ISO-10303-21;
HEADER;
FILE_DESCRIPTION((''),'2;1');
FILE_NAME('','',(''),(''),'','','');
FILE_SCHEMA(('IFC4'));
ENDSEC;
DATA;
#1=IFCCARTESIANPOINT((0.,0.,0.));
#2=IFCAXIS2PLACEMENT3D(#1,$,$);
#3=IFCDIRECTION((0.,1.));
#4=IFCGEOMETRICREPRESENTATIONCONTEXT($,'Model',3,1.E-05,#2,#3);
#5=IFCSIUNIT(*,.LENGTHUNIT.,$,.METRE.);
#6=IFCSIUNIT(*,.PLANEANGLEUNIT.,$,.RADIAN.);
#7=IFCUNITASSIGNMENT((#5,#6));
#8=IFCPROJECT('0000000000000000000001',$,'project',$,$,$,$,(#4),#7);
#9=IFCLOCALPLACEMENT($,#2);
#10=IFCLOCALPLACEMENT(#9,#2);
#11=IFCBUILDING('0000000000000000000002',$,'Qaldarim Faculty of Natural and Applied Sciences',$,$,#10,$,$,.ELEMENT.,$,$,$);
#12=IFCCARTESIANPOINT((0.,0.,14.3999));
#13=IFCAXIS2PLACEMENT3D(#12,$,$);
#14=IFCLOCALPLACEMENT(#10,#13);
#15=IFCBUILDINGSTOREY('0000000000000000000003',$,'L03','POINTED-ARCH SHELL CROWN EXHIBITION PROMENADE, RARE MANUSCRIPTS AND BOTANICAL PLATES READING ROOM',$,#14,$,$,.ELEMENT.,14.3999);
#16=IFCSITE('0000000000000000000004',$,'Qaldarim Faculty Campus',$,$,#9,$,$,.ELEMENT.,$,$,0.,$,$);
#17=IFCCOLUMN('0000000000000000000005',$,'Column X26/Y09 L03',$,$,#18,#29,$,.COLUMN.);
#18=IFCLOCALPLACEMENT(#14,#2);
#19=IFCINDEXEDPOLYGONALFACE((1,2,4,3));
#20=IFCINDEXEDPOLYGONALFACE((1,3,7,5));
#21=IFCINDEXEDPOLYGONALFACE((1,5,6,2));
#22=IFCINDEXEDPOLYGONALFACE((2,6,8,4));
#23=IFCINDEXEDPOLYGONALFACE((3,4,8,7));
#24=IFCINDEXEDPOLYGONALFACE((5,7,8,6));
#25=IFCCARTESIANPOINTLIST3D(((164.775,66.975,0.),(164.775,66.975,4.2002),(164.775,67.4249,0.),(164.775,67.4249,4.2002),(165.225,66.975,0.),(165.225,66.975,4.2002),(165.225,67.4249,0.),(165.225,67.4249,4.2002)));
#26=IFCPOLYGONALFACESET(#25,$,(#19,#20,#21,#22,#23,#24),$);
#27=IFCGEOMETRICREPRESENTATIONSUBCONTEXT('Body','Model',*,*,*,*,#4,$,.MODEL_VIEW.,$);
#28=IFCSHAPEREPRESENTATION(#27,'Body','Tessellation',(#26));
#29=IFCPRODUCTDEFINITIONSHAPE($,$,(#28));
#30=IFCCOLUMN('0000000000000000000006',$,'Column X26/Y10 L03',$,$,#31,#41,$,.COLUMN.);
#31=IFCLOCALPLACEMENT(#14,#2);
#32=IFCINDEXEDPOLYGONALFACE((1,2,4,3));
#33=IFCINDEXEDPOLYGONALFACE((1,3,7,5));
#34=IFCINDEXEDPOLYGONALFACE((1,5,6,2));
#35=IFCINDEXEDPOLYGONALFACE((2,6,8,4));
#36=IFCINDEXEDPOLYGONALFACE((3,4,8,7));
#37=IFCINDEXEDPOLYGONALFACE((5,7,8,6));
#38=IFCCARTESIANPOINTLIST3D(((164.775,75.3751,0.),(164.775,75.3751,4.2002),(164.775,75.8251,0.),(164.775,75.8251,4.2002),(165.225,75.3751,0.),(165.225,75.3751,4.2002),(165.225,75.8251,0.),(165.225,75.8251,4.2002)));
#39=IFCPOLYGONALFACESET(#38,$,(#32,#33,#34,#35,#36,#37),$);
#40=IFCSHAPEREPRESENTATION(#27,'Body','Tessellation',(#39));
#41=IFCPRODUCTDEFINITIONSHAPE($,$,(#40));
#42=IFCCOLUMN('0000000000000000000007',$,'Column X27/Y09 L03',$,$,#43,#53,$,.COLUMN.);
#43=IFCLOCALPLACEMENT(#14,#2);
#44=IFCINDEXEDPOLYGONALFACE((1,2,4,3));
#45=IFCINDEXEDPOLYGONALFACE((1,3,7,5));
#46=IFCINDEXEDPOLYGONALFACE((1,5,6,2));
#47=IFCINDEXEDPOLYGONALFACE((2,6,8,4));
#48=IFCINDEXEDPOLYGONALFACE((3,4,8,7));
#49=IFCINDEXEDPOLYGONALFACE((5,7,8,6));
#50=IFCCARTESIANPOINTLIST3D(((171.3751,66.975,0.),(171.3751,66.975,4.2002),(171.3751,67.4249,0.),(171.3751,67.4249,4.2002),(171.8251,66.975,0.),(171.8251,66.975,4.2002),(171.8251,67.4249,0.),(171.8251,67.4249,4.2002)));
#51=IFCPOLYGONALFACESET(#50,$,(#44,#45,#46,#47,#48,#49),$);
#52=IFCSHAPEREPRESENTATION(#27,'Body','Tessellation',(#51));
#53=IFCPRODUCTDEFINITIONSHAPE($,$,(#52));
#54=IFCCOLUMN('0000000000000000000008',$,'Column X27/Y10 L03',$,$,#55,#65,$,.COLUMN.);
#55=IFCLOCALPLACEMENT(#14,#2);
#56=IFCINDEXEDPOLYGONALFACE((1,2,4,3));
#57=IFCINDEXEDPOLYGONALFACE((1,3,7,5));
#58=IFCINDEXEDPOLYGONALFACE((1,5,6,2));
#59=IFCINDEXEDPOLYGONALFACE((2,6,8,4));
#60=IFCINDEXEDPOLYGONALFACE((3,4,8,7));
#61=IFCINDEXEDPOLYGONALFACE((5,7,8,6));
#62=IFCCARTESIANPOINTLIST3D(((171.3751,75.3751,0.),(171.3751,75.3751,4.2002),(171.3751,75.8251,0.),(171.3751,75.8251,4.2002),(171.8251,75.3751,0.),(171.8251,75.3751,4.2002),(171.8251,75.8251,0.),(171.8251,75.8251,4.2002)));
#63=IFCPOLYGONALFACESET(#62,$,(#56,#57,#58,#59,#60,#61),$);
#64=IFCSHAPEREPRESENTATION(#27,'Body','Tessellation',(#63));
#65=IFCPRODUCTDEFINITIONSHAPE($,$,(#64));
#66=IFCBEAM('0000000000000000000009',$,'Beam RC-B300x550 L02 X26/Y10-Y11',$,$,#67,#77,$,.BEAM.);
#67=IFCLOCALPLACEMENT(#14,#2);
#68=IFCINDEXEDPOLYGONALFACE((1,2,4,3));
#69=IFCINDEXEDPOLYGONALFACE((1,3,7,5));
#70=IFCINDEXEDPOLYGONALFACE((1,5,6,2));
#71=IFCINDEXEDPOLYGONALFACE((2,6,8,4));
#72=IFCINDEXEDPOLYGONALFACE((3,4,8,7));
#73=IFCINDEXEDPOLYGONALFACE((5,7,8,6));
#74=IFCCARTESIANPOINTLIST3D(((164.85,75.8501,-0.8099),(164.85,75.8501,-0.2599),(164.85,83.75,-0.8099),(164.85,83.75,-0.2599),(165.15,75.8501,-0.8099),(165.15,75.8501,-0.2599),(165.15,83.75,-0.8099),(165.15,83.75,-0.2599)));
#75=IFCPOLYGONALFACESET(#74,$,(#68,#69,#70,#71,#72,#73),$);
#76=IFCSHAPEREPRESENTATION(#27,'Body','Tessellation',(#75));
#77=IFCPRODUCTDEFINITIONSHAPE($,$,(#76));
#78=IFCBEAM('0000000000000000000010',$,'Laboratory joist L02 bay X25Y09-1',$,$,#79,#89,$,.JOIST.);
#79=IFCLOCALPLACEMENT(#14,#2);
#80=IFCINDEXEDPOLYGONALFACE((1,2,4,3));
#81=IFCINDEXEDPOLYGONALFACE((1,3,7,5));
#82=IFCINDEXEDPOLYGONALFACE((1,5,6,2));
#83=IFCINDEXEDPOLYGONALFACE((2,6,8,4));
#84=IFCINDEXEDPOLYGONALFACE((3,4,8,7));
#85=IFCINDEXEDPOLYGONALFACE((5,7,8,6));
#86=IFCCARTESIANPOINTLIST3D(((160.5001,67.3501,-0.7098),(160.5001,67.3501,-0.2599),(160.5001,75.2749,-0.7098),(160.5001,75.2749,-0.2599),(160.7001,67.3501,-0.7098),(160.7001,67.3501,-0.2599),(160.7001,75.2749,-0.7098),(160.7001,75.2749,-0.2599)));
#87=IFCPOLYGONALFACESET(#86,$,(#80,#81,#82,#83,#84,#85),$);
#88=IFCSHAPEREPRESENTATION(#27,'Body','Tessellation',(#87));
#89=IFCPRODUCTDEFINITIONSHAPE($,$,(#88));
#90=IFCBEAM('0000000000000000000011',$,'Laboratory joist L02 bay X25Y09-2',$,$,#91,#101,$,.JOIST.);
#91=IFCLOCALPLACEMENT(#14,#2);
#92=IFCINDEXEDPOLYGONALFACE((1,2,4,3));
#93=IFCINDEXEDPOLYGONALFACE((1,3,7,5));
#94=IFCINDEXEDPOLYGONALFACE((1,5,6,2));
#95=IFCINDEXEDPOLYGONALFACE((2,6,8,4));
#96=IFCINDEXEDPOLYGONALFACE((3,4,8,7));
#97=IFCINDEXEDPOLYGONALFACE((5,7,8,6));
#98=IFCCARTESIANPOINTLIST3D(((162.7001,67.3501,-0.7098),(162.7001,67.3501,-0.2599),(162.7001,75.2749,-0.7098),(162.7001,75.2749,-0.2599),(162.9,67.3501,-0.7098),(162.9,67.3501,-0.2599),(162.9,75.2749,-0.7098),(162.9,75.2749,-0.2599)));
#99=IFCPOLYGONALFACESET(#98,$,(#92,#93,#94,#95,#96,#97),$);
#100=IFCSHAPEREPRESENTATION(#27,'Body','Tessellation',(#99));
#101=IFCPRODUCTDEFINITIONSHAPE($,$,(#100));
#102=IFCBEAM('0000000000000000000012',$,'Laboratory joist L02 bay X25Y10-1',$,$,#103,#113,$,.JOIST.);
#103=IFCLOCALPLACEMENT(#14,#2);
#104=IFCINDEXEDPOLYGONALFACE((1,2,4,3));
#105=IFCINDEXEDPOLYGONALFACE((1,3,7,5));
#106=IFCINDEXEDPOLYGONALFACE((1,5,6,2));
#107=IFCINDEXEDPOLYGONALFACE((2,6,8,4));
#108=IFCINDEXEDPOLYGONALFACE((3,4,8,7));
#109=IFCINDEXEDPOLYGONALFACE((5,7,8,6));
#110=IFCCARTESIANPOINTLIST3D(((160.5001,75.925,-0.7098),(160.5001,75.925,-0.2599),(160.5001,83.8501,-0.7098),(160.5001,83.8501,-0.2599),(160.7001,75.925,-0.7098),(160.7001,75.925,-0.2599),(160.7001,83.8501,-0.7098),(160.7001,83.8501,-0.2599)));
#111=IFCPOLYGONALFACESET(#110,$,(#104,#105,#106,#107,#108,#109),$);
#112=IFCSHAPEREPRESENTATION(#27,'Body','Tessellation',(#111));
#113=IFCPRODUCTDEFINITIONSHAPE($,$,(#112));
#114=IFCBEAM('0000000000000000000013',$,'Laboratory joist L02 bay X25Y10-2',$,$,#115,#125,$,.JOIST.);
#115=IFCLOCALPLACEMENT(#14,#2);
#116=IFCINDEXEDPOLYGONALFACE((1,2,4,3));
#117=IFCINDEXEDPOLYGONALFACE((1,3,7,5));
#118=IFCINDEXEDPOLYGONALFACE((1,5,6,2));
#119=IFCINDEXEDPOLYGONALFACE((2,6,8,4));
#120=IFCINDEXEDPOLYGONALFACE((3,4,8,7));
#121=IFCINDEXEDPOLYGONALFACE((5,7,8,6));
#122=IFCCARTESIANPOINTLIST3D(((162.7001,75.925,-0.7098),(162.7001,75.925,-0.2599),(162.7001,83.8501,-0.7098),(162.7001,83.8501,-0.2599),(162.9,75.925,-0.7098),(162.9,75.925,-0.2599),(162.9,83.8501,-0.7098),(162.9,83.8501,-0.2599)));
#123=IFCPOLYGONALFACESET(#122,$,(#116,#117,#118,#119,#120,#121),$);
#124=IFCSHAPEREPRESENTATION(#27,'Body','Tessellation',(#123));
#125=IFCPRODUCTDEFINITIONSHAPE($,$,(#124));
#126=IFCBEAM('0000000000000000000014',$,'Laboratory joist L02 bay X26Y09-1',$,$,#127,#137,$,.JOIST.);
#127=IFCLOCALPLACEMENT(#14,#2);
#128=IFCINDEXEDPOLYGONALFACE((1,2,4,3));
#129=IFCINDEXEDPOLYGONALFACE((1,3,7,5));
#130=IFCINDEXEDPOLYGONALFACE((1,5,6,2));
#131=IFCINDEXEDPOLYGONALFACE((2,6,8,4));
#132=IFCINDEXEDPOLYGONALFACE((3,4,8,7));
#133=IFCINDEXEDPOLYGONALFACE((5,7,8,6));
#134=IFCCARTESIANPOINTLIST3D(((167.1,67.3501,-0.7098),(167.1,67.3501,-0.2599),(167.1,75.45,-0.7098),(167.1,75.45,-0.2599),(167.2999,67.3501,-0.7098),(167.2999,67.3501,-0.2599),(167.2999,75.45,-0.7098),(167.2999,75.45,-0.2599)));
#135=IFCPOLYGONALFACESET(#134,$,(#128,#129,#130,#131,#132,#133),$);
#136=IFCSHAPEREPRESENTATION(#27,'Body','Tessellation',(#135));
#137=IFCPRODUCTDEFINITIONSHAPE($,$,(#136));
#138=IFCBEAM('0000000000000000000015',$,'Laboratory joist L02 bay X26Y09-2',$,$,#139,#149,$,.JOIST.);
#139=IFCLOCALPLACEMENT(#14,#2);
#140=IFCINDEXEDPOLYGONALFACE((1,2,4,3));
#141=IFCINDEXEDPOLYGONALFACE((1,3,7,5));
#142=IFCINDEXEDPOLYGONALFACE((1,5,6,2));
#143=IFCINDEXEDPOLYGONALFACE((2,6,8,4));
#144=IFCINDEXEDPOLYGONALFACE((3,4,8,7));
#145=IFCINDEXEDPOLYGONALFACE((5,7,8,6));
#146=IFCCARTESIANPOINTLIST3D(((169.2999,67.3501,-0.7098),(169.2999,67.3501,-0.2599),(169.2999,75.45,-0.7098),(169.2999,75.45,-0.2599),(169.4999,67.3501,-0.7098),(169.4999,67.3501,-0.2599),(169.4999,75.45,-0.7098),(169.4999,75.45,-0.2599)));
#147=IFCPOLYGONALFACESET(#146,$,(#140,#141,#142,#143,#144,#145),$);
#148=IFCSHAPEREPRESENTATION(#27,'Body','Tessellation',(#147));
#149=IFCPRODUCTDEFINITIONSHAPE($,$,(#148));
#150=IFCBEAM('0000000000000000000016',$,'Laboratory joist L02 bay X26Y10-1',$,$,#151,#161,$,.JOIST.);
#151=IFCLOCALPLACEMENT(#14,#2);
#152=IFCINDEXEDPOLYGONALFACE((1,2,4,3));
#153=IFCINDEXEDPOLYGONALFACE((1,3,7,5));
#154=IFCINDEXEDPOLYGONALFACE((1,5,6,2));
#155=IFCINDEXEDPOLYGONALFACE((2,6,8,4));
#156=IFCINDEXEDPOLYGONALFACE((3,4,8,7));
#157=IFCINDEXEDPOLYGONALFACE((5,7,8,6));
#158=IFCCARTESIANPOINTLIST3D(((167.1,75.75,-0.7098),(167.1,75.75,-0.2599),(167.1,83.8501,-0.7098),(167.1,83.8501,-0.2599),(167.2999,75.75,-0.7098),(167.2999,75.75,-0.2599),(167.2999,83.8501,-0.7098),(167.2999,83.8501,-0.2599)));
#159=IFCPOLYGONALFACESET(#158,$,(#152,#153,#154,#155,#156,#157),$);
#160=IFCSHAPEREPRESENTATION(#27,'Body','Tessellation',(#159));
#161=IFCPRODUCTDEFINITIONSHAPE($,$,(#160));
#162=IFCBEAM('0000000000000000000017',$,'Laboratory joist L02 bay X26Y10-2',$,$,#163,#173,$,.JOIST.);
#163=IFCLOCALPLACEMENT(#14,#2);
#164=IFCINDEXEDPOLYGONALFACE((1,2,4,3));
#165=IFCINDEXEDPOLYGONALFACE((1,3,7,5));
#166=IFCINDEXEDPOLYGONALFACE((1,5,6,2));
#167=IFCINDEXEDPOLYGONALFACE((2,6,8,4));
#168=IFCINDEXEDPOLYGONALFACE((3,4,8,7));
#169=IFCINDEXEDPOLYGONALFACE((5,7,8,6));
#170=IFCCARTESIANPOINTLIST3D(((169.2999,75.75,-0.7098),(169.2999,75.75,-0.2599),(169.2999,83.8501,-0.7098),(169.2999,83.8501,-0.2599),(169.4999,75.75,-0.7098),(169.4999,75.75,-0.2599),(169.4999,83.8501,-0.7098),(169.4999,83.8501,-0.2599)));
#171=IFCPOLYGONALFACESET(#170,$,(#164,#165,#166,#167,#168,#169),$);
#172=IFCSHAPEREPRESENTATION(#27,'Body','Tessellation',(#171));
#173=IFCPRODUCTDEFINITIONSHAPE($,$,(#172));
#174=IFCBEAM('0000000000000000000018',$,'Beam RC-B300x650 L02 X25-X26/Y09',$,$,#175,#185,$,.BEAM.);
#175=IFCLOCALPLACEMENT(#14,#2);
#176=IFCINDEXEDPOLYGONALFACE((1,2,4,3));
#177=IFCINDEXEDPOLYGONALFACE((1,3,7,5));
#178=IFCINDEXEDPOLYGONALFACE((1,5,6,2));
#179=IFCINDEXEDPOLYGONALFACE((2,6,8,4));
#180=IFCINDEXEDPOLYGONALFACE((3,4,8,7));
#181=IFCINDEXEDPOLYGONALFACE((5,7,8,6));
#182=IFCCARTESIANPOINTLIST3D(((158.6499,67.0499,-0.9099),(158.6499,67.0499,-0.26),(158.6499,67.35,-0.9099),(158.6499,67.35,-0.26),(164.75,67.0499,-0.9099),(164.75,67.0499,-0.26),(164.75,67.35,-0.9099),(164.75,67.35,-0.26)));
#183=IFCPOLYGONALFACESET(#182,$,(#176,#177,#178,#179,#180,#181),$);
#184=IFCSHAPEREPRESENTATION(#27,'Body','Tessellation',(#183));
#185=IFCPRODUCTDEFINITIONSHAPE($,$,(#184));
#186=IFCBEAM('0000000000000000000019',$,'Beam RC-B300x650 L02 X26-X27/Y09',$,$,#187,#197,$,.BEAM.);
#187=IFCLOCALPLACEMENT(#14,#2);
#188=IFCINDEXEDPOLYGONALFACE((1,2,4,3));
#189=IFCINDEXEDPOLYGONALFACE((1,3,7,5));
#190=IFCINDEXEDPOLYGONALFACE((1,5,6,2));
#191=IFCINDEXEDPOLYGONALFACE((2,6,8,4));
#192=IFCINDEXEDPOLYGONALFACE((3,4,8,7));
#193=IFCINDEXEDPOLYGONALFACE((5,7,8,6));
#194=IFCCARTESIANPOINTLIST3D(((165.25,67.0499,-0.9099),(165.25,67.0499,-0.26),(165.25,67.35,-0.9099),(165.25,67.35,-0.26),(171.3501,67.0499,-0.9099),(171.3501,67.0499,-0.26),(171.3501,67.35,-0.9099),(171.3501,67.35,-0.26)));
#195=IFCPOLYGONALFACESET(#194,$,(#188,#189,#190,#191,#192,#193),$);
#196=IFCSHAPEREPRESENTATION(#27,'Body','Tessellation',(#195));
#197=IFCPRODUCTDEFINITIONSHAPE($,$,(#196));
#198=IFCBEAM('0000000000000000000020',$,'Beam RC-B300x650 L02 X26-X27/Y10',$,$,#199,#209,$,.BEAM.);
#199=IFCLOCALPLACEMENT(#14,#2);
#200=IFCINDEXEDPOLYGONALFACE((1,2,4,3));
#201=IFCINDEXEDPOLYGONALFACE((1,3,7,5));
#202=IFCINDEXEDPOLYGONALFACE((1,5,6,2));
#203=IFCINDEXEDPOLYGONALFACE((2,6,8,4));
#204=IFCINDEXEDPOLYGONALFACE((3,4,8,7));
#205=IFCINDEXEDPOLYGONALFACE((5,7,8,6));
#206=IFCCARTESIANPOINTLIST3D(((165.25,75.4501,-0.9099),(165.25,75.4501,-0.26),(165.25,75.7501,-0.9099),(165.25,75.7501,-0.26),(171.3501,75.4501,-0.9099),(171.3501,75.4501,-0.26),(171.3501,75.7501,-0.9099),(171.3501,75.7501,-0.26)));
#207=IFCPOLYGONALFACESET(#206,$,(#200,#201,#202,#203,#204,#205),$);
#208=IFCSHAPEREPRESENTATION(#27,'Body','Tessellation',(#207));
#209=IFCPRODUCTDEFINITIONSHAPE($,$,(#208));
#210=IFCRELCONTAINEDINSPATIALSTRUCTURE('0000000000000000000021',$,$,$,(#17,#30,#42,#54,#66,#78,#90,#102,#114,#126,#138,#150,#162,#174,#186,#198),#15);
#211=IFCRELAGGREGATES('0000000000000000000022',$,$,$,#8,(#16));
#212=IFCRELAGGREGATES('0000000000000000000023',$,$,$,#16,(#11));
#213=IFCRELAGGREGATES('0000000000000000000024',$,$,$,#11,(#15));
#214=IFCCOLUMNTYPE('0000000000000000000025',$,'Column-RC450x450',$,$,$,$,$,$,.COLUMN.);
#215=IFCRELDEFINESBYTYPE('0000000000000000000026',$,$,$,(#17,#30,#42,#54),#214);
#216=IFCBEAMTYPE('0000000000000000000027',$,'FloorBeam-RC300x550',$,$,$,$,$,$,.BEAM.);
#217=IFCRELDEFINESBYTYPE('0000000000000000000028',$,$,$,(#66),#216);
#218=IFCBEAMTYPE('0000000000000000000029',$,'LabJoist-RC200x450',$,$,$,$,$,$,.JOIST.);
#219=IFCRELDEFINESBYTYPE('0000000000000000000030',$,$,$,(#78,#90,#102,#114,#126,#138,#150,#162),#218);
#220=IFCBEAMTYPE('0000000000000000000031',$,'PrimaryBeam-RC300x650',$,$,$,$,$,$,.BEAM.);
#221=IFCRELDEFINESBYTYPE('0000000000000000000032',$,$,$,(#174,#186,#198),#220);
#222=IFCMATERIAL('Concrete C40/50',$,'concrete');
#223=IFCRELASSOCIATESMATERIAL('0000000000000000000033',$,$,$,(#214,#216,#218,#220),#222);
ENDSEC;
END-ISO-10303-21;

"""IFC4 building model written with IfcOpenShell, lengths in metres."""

from ifc_helpers import new_model, si_unit, direction, frame, origin, origin_2d, place, context, subcontext, project, spatial, rectangle, extrude, material, material_profile, profile_set, type_object, element, save


model = new_model("IFC4")

# Units and contexts
model_context = context("Model", 3, precision=1e-05, world=origin(), true_north=direction((0.0, 1.0)))
body_context = subcontext(model_context, "Body", "Model", "MODEL_VIEW")
ifc_project = project(units=[si_unit("LENGTHUNIT", "METRE"), si_unit("PLANEANGLEUNIT", "RADIAN")], contexts=[model_context])

# Site, building, storey
site_placement = place(None, origin())
site = spatial("IfcSite", under=ifc_project, at=site_placement, Name="Qaldarim Faculty Campus", CompositionType="ELEMENT", RefElevation=0.0)
building_placement = place(site_placement, origin())
building = spatial("IfcBuilding", under=site, at=building_placement, Name="Qaldarim Faculty of Natural and Applied Sciences", CompositionType="ELEMENT")
storey_placement = place(building_placement, frame((0.0, 0.0, 14.3999)))
storey = spatial("IfcBuildingStorey", under=building, at=storey_placement, Name="L03", Description="POINTED-ARCH SHELL CROWN EXHIBITION PROMENADE, RARE MANUSCRIPTS AND BOTANICAL PLATES READING ROOM", CompositionType="ELEMENT", Elevation=14.3999)

# Columns
ifc_material_1 = material(Name="Concrete C40/50", Category="concrete")
ifc_material_profile_1 = material_profile(ifc_material_1, rectangle(XDim=0.45, YDim=0.45, at=origin_2d()), Name="RC-C450x450")
ifc_profile_set_1 = profile_set([ifc_material_profile_1], Name="Concrete C40/50")
column_type = type_object("IfcColumnType", Name="Column-RC450x450", PredefinedType="COLUMN", material=ifc_profile_set_1)
for number, where, z_axis, x_axis, name in (
    (1, (165.0, 67.2, 0.0), (0.0, 0.0, 1.0), (1.0, 0.0, 0.0), "Column X26/Y09 L03"),
    (2, (165.0, 75.6001, 0.0), (0.0, 0.0, 1.0), (1.0, 0.0, 0.0), "Column X26/Y10 L03"),
    (3, (171.6001, 67.2, 0.0), (0.0, 0.0, 1.0), (1.0, 0.0, 0.0), "Column X27/Y09 L03"),
    (4, (171.6001, 75.6001, 0.0), (0.0, 0.0, 1.0), (1.0, 0.0, 0.0), "Column X27/Y10 L03"),
):
    element("IfcColumn", number, at=place(storey_placement, frame(where, z_axis=z_axis, x_axis=x_axis)), inside=storey, type_object=column_type, Name=name, PredefinedType="COLUMN", context=body_context, shape_type="SweptSolid", body=[
        extrude(rectangle(XDim=0.45, YDim=0.45, at=origin_2d()), origin(), (0.0, 0.0, 1.0), 4.2002),
    ])

# Beams
ifc_material_profile_2 = material_profile(ifc_material_1, rectangle(XDim=0.3, YDim=0.55, at=origin_2d()), Name="RC-B300x550")
ifc_profile_set_2 = profile_set([ifc_material_profile_2], Name="Concrete C40/50")
beam_type_1 = type_object("IfcBeamType", Name="FloorBeam-RC300x550", PredefinedType="BEAM", material=ifc_profile_set_2)
beam_1_placement = place(storey_placement, frame((165.0, 75.8501, -0.5349), z_axis=(0.0, 1.0, 0.0), x_axis=(-1.0, 0.0, 0.0)))
element("IfcBeam", 5, at=beam_1_placement, inside=storey, type_object=beam_type_1, Name="Beam RC-B300x550 L02 X26/Y10-Y11", PredefinedType="BEAM", context=body_context, shape_type="SweptSolid", body=[
    extrude(rectangle(XDim=0.3, YDim=0.55, at=origin_2d()), origin(), (0.0, 0.0, 1.0), 7.8999),
])
ifc_material_profile_3 = material_profile(ifc_material_1, rectangle(XDim=0.2, YDim=0.45, at=origin_2d()), Name="RC-J200x450")
ifc_profile_set_3 = profile_set([ifc_material_profile_3], Name="Concrete C40/50")
beam_type_2 = type_object("IfcBeamType", Name="LabJoist-RC200x450", PredefinedType="JOIST", material=ifc_profile_set_3)
for number, where, z_axis, x_axis, name in (
    (6, (160.6001, 67.3501, -0.4849), (0.0, 1.0, 0.0), (-1.0, 0.0, 0.0), "Laboratory joist L02 bay X25Y09-1"),
    (7, (162.8, 67.3501, -0.4849), (0.0, 1.0, 0.0), (-1.0, 0.0, 0.0), "Laboratory joist L02 bay X25Y09-2"),
):
    element("IfcBeam", number, at=place(storey_placement, frame(where, z_axis=z_axis, x_axis=x_axis)), inside=storey, type_object=beam_type_2, Name=name, PredefinedType="JOIST", context=body_context, shape_type="SweptSolid", body=[
        extrude(rectangle(XDim=0.2, YDim=0.45, at=origin_2d()), origin(), (0.0, 0.0, 1.0), 7.9248),
    ])
for number, where, z_axis, x_axis, name in (
    (8, (160.6001, 75.925, -0.4849), (0.0, 1.0, 0.0), (-1.0, 0.0, 0.0), "Laboratory joist L02 bay X25Y10-1"),
    (9, (162.8, 75.925, -0.4849), (0.0, 1.0, 0.0), (-1.0, 0.0, 0.0), "Laboratory joist L02 bay X25Y10-2"),
):
    element("IfcBeam", number, at=place(storey_placement, frame(where, z_axis=z_axis, x_axis=x_axis)), inside=storey, type_object=beam_type_2, Name=name, PredefinedType="JOIST", context=body_context, shape_type="SweptSolid", body=[
        extrude(rectangle(XDim=0.2, YDim=0.45, at=origin_2d()), origin(), (0.0, 0.0, 1.0), 7.925),
    ])
for number, where, z_axis, x_axis, name in (
    (10, (167.2, 67.3501, -0.4849), (0.0, 1.0, 0.0), (-1.0, 0.0, 0.0), "Laboratory joist L02 bay X26Y09-1"),
    (11, (169.3999, 67.3501, -0.4849), (0.0, 1.0, 0.0), (-1.0, 0.0, 0.0), "Laboratory joist L02 bay X26Y09-2"),
):
    element("IfcBeam", number, at=place(storey_placement, frame(where, z_axis=z_axis, x_axis=x_axis)), inside=storey, type_object=beam_type_2, Name=name, PredefinedType="JOIST", context=body_context, shape_type="SweptSolid", body=[
        extrude(rectangle(XDim=0.2, YDim=0.45, at=origin_2d()), origin(), (0.0, 0.0, 1.0), 8.0999),
    ])
for number, where, z_axis, x_axis, name in (
    (12, (167.2, 75.75, -0.4849), (0.0, 1.0, 0.0), (-1.0, 0.0, 0.0), "Laboratory joist L02 bay X26Y10-1"),
    (13, (169.3999, 75.75, -0.4849), (0.0, 1.0, 0.0), (-1.0, 0.0, 0.0), "Laboratory joist L02 bay X26Y10-2"),
):
    element("IfcBeam", number, at=place(storey_placement, frame(where, z_axis=z_axis, x_axis=x_axis)), inside=storey, type_object=beam_type_2, Name=name, PredefinedType="JOIST", context=body_context, shape_type="SweptSolid", body=[
        extrude(rectangle(XDim=0.2, YDim=0.45, at=origin_2d()), origin(), (0.0, 0.0, 1.0), 8.1001),
    ])
ifc_material_profile_4 = material_profile(ifc_material_1, rectangle(XDim=0.3, YDim=0.6499, at=origin_2d()), Name="RC-B300x650")
ifc_profile_set_4 = profile_set([ifc_material_profile_4], Name="Concrete C40/50")
beam_type_3 = type_object("IfcBeamType", Name="PrimaryBeam-RC300x650", PredefinedType="BEAM", material=ifc_profile_set_4)
for number, where, z_axis, x_axis, name in (
    (14, (158.6499, 67.2, -0.585), (1.0, 0.0, 0.0), (0.0, 1.0, 0.0), "Beam RC-B300x650 L02 X25-X26/Y09"),
    (15, (165.25, 67.2, -0.585), (1.0, 0.0, 0.0), (0.0, 1.0, 0.0), "Beam RC-B300x650 L02 X26-X27/Y09"),
    (16, (165.25, 75.6001, -0.585), (1.0, 0.0, 0.0), (0.0, 1.0, 0.0), "Beam RC-B300x650 L02 X26-X27/Y10"),
):
    element("IfcBeam", number, at=place(storey_placement, frame(where, z_axis=z_axis, x_axis=x_axis)), inside=storey, type_object=beam_type_3, Name=name, PredefinedType="BEAM", context=body_context, shape_type="SweptSolid", body=[
        extrude(rectangle(XDim=0.3, YDim=0.6499, at=origin_2d()), origin(), (0.0, 0.0, 1.0), 6.1001),
    ])

save(model, "model.ifc")
